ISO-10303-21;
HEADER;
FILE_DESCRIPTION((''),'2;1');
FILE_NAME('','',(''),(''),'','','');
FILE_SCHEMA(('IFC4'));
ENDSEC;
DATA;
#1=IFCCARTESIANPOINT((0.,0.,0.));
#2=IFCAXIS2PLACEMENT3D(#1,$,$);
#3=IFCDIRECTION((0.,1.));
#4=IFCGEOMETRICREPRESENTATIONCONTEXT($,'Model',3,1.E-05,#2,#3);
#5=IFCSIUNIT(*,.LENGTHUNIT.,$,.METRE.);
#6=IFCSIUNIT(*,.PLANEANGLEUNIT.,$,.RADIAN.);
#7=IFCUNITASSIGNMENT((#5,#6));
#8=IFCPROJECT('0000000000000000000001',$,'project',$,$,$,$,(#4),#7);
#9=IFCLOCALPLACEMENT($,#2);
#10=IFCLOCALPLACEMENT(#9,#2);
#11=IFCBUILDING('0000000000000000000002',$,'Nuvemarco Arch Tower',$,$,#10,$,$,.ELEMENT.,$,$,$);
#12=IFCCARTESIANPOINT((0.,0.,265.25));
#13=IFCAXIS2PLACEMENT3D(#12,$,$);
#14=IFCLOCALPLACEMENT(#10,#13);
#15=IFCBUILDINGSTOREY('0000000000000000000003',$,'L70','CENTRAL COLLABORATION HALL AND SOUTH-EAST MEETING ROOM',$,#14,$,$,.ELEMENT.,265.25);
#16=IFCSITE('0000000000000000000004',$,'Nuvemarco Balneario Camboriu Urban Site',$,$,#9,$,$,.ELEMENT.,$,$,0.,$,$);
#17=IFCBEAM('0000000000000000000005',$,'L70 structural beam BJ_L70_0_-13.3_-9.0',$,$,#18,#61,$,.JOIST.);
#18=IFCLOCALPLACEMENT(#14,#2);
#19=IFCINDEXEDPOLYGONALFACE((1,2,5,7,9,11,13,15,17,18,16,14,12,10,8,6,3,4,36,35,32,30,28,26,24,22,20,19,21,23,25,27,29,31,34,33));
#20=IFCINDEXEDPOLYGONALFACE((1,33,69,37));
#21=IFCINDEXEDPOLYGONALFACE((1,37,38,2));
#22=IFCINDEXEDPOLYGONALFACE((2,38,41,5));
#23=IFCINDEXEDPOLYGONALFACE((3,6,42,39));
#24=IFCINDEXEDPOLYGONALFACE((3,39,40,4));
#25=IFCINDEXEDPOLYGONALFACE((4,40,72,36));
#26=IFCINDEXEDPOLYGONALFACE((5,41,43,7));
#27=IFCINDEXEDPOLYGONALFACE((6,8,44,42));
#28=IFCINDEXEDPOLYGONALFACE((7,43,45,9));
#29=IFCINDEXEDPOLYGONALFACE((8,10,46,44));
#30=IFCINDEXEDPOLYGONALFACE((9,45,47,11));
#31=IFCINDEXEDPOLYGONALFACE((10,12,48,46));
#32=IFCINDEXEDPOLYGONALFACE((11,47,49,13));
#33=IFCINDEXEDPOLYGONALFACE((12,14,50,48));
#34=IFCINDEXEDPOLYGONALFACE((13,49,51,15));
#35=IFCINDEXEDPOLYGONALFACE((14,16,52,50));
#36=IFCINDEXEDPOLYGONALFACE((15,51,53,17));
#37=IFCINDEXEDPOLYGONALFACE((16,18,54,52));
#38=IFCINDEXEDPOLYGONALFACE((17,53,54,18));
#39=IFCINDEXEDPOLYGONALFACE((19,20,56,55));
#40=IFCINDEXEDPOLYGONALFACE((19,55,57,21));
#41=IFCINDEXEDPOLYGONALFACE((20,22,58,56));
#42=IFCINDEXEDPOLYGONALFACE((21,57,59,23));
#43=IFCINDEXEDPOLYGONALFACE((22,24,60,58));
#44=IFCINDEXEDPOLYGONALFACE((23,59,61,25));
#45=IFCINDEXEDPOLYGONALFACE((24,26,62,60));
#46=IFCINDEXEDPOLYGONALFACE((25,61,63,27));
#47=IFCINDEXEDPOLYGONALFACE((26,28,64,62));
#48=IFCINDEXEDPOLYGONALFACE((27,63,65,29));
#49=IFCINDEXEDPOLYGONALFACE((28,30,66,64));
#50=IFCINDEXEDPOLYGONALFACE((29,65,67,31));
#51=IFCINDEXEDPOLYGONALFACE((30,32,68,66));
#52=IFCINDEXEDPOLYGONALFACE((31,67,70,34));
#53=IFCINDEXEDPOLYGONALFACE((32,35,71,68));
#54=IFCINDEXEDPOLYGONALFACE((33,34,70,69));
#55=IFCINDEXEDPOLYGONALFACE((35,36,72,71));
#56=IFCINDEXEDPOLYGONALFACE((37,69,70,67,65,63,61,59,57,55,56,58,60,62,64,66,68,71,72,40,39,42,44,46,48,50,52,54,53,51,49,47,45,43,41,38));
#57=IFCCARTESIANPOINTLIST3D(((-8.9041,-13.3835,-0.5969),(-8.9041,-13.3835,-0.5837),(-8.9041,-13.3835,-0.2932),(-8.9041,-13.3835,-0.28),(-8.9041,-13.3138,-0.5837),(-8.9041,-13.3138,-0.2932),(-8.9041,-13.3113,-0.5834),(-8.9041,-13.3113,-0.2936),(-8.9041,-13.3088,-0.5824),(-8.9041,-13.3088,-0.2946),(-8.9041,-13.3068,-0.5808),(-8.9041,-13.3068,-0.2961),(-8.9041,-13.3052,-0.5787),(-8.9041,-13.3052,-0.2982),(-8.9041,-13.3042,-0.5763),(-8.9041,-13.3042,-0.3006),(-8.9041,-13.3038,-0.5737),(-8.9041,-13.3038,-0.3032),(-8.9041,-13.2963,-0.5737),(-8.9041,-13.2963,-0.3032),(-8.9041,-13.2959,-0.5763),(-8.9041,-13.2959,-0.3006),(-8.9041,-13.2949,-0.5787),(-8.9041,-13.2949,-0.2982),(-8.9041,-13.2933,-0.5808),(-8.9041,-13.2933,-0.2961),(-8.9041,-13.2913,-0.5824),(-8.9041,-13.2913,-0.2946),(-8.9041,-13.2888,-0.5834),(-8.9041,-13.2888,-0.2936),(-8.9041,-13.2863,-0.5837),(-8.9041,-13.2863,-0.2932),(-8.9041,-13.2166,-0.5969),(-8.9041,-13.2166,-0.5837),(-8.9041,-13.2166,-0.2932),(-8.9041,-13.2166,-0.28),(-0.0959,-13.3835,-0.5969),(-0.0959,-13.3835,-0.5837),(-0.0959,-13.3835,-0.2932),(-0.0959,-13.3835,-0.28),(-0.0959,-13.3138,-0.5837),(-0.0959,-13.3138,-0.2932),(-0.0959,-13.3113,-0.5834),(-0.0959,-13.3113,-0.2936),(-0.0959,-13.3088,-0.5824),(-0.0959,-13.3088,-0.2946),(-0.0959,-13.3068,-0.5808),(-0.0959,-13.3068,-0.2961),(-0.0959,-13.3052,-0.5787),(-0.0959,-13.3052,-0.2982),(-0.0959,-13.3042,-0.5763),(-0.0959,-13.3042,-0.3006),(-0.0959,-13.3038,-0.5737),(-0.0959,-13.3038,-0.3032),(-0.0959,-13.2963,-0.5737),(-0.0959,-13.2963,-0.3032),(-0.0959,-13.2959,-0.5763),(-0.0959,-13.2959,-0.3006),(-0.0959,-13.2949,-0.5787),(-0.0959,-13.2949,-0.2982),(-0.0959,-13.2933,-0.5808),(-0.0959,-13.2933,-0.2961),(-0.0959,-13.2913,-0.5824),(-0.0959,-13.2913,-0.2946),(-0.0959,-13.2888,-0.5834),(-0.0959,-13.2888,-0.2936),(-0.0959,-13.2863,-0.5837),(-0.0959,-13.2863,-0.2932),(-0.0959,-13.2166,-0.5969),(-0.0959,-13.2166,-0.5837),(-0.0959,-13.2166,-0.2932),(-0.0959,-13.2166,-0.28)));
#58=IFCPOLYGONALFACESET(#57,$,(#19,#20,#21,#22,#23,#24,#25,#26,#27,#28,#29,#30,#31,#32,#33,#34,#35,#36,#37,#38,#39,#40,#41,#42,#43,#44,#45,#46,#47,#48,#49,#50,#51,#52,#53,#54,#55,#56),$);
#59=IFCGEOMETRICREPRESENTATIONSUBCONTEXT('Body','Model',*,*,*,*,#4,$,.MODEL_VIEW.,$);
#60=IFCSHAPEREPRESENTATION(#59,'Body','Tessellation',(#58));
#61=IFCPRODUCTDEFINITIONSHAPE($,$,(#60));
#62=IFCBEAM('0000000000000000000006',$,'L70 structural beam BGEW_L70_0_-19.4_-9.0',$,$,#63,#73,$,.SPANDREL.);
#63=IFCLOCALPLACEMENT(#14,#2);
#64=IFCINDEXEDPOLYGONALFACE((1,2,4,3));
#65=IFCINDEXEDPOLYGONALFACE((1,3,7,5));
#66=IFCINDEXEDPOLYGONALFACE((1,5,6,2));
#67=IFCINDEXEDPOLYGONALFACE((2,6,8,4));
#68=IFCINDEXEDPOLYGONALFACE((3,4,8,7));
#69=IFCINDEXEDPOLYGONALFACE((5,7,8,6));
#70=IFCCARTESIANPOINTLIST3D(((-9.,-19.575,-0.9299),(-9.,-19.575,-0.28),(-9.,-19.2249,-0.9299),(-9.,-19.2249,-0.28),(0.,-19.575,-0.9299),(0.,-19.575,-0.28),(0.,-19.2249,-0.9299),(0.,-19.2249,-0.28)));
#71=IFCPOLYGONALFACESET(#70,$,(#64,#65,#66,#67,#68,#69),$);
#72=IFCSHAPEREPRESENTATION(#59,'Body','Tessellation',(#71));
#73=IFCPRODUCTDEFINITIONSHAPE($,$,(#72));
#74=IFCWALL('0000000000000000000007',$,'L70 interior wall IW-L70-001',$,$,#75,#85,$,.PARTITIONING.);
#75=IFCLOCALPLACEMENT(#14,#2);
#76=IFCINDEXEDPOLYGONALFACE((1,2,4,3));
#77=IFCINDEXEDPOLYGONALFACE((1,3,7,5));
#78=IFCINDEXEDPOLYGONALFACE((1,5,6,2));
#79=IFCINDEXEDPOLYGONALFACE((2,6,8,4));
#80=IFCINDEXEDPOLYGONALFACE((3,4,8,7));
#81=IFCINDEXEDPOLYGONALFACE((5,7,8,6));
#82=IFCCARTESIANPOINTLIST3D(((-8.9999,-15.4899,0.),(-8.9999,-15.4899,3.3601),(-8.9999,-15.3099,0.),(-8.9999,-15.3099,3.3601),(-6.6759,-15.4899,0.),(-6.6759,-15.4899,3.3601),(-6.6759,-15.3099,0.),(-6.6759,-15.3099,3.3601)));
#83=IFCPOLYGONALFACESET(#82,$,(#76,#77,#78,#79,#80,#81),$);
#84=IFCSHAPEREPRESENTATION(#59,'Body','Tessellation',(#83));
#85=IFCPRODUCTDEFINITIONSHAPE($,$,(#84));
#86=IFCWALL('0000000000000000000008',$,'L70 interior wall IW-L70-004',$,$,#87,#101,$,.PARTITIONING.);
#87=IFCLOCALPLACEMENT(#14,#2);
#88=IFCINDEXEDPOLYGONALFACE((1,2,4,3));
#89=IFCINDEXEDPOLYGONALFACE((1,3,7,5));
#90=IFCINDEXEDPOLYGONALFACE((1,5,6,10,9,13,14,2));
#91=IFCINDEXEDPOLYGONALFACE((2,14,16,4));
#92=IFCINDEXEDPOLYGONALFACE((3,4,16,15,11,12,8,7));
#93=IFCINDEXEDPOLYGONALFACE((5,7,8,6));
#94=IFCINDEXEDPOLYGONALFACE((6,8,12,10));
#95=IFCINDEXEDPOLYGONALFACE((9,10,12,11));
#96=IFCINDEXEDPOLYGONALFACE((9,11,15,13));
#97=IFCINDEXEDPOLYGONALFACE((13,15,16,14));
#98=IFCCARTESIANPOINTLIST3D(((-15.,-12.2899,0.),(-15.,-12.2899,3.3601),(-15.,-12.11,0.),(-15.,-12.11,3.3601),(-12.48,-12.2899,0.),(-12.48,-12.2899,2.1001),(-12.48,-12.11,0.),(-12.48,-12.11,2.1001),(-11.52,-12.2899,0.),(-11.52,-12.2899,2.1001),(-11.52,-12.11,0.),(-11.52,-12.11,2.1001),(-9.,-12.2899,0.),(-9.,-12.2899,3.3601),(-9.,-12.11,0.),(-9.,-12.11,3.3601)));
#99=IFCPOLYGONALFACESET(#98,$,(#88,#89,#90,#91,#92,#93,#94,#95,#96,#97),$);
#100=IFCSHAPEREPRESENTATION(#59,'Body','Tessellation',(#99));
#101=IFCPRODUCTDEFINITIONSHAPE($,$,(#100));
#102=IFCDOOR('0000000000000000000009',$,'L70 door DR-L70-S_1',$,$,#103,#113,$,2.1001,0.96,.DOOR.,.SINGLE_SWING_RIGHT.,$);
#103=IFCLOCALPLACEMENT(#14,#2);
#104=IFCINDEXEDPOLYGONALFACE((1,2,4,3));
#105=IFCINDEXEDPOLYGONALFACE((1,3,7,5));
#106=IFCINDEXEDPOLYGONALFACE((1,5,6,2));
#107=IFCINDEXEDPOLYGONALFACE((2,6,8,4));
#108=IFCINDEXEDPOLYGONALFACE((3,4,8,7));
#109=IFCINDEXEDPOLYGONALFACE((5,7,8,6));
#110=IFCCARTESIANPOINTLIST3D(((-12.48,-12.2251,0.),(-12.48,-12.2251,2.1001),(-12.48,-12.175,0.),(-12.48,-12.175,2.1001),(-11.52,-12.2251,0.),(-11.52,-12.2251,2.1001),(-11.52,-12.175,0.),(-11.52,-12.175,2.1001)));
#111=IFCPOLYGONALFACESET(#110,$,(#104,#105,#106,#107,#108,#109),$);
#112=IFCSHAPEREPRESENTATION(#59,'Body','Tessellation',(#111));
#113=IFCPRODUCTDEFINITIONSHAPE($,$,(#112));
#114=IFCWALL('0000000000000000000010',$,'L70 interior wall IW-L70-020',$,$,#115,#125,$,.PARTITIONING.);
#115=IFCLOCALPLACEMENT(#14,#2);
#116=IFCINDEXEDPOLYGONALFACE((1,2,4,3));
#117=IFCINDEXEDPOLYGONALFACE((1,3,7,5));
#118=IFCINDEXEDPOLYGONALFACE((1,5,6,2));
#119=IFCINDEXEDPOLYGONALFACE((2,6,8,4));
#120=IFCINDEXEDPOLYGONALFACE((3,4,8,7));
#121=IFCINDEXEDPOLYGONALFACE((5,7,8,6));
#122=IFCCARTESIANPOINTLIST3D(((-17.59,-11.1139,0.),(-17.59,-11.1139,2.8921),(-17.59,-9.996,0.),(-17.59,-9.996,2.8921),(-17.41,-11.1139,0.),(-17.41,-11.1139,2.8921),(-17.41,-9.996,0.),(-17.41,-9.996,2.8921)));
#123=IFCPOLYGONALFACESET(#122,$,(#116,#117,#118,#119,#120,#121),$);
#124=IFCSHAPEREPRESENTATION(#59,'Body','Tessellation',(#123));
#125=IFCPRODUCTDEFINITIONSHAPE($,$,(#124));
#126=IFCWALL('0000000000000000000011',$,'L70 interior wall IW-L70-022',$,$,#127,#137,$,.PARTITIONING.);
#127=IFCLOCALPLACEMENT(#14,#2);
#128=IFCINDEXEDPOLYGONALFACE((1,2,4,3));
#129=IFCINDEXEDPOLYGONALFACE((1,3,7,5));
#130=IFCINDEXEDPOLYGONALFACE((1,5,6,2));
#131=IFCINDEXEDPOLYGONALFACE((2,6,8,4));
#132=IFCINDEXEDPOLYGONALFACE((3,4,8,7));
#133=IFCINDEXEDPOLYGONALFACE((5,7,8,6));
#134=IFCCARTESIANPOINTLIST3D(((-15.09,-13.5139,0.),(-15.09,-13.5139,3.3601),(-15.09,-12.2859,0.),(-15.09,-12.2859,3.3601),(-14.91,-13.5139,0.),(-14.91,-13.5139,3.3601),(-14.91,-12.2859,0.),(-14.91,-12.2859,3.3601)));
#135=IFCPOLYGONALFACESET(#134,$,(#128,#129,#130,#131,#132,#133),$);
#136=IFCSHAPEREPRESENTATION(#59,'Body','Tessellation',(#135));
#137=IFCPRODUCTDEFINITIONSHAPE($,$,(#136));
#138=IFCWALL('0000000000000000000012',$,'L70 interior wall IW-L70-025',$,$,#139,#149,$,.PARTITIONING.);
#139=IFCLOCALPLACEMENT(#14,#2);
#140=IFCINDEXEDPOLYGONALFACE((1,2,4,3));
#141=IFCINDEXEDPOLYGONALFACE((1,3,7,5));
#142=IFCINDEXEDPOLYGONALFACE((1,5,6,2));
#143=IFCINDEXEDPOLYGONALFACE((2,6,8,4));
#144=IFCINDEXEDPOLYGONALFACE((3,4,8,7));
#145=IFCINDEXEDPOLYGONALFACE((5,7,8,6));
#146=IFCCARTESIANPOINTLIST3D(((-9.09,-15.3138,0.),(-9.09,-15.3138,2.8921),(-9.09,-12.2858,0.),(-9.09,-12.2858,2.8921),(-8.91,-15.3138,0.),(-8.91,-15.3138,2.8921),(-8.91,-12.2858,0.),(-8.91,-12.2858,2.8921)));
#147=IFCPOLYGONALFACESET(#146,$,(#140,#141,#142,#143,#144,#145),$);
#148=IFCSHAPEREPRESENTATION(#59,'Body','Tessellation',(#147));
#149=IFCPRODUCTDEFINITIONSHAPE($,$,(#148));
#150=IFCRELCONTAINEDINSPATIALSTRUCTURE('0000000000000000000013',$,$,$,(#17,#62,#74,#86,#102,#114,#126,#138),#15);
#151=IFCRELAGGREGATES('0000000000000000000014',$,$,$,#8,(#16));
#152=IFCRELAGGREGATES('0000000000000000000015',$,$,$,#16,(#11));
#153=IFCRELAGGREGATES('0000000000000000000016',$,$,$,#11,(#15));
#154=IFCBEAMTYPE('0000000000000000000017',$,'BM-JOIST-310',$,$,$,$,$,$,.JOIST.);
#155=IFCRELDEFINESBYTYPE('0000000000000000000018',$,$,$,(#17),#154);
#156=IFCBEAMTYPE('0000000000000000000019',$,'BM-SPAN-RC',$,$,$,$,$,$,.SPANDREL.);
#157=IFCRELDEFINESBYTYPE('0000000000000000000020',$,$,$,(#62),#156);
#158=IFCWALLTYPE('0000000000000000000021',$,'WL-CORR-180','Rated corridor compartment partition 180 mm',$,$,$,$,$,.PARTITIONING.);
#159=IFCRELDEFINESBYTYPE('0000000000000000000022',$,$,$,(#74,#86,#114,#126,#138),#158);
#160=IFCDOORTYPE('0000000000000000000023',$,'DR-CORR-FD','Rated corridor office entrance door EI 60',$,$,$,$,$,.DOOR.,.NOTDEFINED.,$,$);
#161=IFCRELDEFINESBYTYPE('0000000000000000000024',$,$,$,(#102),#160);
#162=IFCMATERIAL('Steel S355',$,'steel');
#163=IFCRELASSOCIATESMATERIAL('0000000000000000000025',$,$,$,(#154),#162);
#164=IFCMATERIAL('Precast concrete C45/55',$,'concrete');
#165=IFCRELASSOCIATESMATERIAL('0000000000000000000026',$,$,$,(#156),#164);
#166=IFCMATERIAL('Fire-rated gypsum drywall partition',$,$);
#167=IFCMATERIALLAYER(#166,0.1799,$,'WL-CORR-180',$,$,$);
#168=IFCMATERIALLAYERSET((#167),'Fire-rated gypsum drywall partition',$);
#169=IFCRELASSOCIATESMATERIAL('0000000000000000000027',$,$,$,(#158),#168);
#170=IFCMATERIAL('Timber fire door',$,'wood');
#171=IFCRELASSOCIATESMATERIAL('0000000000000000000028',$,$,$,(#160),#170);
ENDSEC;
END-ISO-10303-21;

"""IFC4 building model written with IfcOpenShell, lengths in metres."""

from ifc_helpers import new_model, si_unit, direction, frame, frame_2d, origin, origin_2d, place, context, subcontext, project, spatial, rectangle, i_section, extrude, source, transform, mapped, material, layer, layer_set, material_profile, profile_set, type_object, type_shapes, element, fill, save


model = new_model("IFC4")

# Units and contexts
model_context = context("Model", 3, precision=1e-05, world=origin(), true_north=direction((0.0, 1.0)))
body_context = subcontext(model_context, "Body", "Model", "MODEL_VIEW")
ifc_project = project(units=[si_unit("LENGTHUNIT", "METRE"), si_unit("PLANEANGLEUNIT", "RADIAN")], contexts=[model_context])

# Site, building, storey
site_placement = place(None, origin())
site = spatial("IfcSite", under=ifc_project, at=site_placement, Name="Nuvemarco Balneario Camboriu Urban Site", CompositionType="ELEMENT", RefElevation=0.0)
building_placement = place(site_placement, origin())
building = spatial("IfcBuilding", under=site, at=building_placement, Name="Nuvemarco Arch Tower", CompositionType="ELEMENT")
storey_placement = place(building_placement, frame((0.0, 0.0, 265.25)))
storey = spatial("IfcBuildingStorey", under=building, at=storey_placement, Name="L70", Description="CENTRAL COLLABORATION HALL AND SOUTH-EAST MEETING ROOM", CompositionType="ELEMENT", Elevation=265.25)

# Shared definitions
ifc_material_1 = material(Name="Steel S355", Category="steel")

# Beams
ifc_material_profile_1 = material_profile(ifc_material_1, i_section(OverallWidth=0.167, OverallDepth=0.3169, WebThickness=0.0076, FlangeThickness=0.0132, FilletRadius=0.01, at=origin_2d()), Name="W310x52")
ifc_profile_set_1 = profile_set([ifc_material_profile_1], Name="Steel S355")
beam_type_1 = type_object("IfcBeamType", Name="BM-JOIST-310", PredefinedType="JOIST", material=ifc_profile_set_1)
beam_1_placement = place(storey_placement, frame((-8.9041, -13.3, -0.4385), z_axis=(1.0, 0.0, 0.0), x_axis=(0.0, 1.0, 0.0)))
element("IfcBeam", 1, at=beam_1_placement, inside=storey, type_object=beam_type_1, Name="L70 structural beam BJ_L70_0_-13.3_-9.0", PredefinedType="JOIST", context=body_context, shape_type="SweptSolid", body=[
    extrude(i_section(OverallWidth=0.167, OverallDepth=0.3169, WebThickness=0.0076, FlangeThickness=0.0132, FilletRadius=0.01, at=origin_2d()), origin(), (0.0, 0.0, 1.0), 8.8081),
])
ifc_material_2 = material(Name="Precast concrete C45/55", Category="concrete")
ifc_material_profile_2 = material_profile(ifc_material_2, rectangle(XDim=0.3501, YDim=0.6499, at=origin_2d()), Name="PC-SP-350x650")
ifc_profile_set_2 = profile_set([ifc_material_profile_2], Name="Precast concrete C45/55")
beam_type_2 = type_object("IfcBeamType", Name="BM-SPAN-RC", PredefinedType="SPANDREL", material=ifc_profile_set_2)
beam_2_placement = place(storey_placement, frame((-9.0, -19.3999, -0.605), z_axis=(1.0, 0.0, 0.0), x_axis=(0.0, 1.0, 0.0)))
element("IfcBeam", 2, at=beam_2_placement, inside=storey, type_object=beam_type_2, Name="L70 structural beam BGEW_L70_0_-19.4_-9.0", PredefinedType="SPANDREL", context=body_context, shape_type="SweptSolid", body=[
    extrude(rectangle(XDim=0.3501, YDim=0.6499, at=origin_2d()), origin(), (0.0, 0.0, 1.0), 9.0),
])

# Wall
ifc_material_3 = material(Name="Fire-rated gypsum drywall partition")
ifc_layer = layer(ifc_material_3, 0.1799, Name="WL-CORR-180")
ifc_layer_set = layer_set([ifc_layer], Name="Fire-rated gypsum drywall partition")
wall_type = type_object("IfcWallType", Name="WL-CORR-180", Description="Rated corridor compartment partition 180 mm", PredefinedType="PARTITIONING", material=ifc_layer_set)
wall_1_placement = place(storey_placement, frame((-9.0, -15.3999, 0.0), z_axis=(0.0, 0.0, 1.0), x_axis=(1.0, 0.0, 0.0)))
element("IfcWall", 3, at=wall_1_placement, inside=storey, type_object=wall_type, Name="L70 interior wall IW-L70-001", PredefinedType="PARTITIONING", context=body_context, shape_type="SweptSolid", body=[
    extrude(rectangle(XDim=2.324, YDim=0.1799, at=frame_2d((1.1621, 0.0))), origin(), (0.0, 0.0, 1.0), 3.3601),
])

# Wall, opening, door
wall_2_placement = place(storey_placement, frame((-15.0, -12.2, 0.0), z_axis=(0.0, 0.0, 1.0), x_axis=(1.0, 0.0, 0.0)))
wall_2 = element("IfcWall", 4, at=wall_2_placement, inside=storey, type_object=wall_type, Name="L70 interior wall IW-L70-004", PredefinedType="PARTITIONING", context=body_context, shape_type="SweptSolid", body=[
    extrude(rectangle(XDim=6.0, YDim=0.1799, at=frame_2d((3.0, 0.0))), origin(), (0.0, 0.0, 1.0), 3.3601),
])
opening_1_placement = place(wall_2_placement, frame((2.52, 0.0, 0.0)))
opening_1 = element("IfcOpeningElement", 5, at=opening_1_placement, cuts=wall_2, PredefinedType="OPENING", context=body_context, shape_type="SweptSolid", body=[
    extrude(rectangle(XDim=0.96, YDim=2.1001, at=frame_2d((0.48, 1.05))), frame((0.0, 0.0999, 0.0), z_axis=(0.0, -1.0, 0.0), x_axis=(1.0, 0.0, 0.0)), (0.0, 0.0, 1.0), 0.2),
])
ifc_material_4 = material(Name="Timber fire door", Category="wood")
door_type = type_object("IfcDoorType", Name="DR-CORR-FD", Description="Rated corridor office entrance door EI 60", OperationType="NOTDEFINED", PredefinedType="DOOR", material=ifc_material_4)
shared_shape_1 = source(origin(), body_context, "Body", "SweptSolid", [
    extrude(rectangle(XDim=0.96, YDim=2.1001, at=frame_2d((0.48, 1.05))), frame((0.0, 0.0249, 0.0), z_axis=(0.0, -1.0, 0.0), x_axis=(1.0, 0.0, 0.0)), (0.0, 0.0, 1.0), 0.05),
])
type_shapes(door_type, [shared_shape_1])
door_1_placement = place(opening_1_placement, origin())
door_1 = element("IfcDoor", 6, at=door_1_placement, inside=storey, type_object=door_type, Name="L70 door DR-L70-S_1", OperationType="SINGLE_SWING_RIGHT", OverallHeight=2.1001, OverallWidth=0.96, PredefinedType="DOOR", context=body_context, shape_type="MappedRepresentation", body=[
    mapped(shared_shape_1, transform((0.0, 0.0, 0.0), scale=1.0)),
])
fill(opening_1, door_1)

# Walls
wall_3_placement = place(storey_placement, frame((-17.5, -11.114, 0.0), z_axis=(0.0, 0.0, 1.0), x_axis=(0.0, 1.0, 0.0)))
element("IfcWall", 7, at=wall_3_placement, inside=storey, type_object=wall_type, Name="L70 interior wall IW-L70-020", PredefinedType="PARTITIONING", context=body_context, shape_type="SweptSolid", body=[
    extrude(rectangle(XDim=1.1179, YDim=0.1799, at=frame_2d((0.5591, 0.0))), origin(), (0.0, 0.0, 1.0), 2.8921),
])
wall_4_placement = place(storey_placement, frame((-15.0, -13.5139, 0.0), z_axis=(0.0, 0.0, 1.0), x_axis=(0.0, 1.0, 0.0)))
element("IfcWall", 8, at=wall_4_placement, inside=storey, type_object=wall_type, Name="L70 interior wall IW-L70-022", PredefinedType="PARTITIONING", context=body_context, shape_type="SweptSolid", body=[
    extrude(rectangle(XDim=1.228, YDim=0.1799, at=frame_2d((0.614, 0.0))), origin(), (0.0, 0.0, 1.0), 3.3601),
])
wall_5_placement = place(storey_placement, frame((-9.0, -15.314, 0.0), z_axis=(0.0, 0.0, 1.0), x_axis=(0.0, 1.0, 0.0)))
element("IfcWall", 9, at=wall_5_placement, inside=storey, type_object=wall_type, Name="L70 interior wall IW-L70-025", PredefinedType="PARTITIONING", context=body_context, shape_type="SweptSolid", body=[
    extrude(rectangle(XDim=3.0281, YDim=0.1799, at=frame_2d((1.5142, 0.0))), origin(), (0.0, 0.0, 1.0), 2.8921),
])

save(model, "model.ifc")
